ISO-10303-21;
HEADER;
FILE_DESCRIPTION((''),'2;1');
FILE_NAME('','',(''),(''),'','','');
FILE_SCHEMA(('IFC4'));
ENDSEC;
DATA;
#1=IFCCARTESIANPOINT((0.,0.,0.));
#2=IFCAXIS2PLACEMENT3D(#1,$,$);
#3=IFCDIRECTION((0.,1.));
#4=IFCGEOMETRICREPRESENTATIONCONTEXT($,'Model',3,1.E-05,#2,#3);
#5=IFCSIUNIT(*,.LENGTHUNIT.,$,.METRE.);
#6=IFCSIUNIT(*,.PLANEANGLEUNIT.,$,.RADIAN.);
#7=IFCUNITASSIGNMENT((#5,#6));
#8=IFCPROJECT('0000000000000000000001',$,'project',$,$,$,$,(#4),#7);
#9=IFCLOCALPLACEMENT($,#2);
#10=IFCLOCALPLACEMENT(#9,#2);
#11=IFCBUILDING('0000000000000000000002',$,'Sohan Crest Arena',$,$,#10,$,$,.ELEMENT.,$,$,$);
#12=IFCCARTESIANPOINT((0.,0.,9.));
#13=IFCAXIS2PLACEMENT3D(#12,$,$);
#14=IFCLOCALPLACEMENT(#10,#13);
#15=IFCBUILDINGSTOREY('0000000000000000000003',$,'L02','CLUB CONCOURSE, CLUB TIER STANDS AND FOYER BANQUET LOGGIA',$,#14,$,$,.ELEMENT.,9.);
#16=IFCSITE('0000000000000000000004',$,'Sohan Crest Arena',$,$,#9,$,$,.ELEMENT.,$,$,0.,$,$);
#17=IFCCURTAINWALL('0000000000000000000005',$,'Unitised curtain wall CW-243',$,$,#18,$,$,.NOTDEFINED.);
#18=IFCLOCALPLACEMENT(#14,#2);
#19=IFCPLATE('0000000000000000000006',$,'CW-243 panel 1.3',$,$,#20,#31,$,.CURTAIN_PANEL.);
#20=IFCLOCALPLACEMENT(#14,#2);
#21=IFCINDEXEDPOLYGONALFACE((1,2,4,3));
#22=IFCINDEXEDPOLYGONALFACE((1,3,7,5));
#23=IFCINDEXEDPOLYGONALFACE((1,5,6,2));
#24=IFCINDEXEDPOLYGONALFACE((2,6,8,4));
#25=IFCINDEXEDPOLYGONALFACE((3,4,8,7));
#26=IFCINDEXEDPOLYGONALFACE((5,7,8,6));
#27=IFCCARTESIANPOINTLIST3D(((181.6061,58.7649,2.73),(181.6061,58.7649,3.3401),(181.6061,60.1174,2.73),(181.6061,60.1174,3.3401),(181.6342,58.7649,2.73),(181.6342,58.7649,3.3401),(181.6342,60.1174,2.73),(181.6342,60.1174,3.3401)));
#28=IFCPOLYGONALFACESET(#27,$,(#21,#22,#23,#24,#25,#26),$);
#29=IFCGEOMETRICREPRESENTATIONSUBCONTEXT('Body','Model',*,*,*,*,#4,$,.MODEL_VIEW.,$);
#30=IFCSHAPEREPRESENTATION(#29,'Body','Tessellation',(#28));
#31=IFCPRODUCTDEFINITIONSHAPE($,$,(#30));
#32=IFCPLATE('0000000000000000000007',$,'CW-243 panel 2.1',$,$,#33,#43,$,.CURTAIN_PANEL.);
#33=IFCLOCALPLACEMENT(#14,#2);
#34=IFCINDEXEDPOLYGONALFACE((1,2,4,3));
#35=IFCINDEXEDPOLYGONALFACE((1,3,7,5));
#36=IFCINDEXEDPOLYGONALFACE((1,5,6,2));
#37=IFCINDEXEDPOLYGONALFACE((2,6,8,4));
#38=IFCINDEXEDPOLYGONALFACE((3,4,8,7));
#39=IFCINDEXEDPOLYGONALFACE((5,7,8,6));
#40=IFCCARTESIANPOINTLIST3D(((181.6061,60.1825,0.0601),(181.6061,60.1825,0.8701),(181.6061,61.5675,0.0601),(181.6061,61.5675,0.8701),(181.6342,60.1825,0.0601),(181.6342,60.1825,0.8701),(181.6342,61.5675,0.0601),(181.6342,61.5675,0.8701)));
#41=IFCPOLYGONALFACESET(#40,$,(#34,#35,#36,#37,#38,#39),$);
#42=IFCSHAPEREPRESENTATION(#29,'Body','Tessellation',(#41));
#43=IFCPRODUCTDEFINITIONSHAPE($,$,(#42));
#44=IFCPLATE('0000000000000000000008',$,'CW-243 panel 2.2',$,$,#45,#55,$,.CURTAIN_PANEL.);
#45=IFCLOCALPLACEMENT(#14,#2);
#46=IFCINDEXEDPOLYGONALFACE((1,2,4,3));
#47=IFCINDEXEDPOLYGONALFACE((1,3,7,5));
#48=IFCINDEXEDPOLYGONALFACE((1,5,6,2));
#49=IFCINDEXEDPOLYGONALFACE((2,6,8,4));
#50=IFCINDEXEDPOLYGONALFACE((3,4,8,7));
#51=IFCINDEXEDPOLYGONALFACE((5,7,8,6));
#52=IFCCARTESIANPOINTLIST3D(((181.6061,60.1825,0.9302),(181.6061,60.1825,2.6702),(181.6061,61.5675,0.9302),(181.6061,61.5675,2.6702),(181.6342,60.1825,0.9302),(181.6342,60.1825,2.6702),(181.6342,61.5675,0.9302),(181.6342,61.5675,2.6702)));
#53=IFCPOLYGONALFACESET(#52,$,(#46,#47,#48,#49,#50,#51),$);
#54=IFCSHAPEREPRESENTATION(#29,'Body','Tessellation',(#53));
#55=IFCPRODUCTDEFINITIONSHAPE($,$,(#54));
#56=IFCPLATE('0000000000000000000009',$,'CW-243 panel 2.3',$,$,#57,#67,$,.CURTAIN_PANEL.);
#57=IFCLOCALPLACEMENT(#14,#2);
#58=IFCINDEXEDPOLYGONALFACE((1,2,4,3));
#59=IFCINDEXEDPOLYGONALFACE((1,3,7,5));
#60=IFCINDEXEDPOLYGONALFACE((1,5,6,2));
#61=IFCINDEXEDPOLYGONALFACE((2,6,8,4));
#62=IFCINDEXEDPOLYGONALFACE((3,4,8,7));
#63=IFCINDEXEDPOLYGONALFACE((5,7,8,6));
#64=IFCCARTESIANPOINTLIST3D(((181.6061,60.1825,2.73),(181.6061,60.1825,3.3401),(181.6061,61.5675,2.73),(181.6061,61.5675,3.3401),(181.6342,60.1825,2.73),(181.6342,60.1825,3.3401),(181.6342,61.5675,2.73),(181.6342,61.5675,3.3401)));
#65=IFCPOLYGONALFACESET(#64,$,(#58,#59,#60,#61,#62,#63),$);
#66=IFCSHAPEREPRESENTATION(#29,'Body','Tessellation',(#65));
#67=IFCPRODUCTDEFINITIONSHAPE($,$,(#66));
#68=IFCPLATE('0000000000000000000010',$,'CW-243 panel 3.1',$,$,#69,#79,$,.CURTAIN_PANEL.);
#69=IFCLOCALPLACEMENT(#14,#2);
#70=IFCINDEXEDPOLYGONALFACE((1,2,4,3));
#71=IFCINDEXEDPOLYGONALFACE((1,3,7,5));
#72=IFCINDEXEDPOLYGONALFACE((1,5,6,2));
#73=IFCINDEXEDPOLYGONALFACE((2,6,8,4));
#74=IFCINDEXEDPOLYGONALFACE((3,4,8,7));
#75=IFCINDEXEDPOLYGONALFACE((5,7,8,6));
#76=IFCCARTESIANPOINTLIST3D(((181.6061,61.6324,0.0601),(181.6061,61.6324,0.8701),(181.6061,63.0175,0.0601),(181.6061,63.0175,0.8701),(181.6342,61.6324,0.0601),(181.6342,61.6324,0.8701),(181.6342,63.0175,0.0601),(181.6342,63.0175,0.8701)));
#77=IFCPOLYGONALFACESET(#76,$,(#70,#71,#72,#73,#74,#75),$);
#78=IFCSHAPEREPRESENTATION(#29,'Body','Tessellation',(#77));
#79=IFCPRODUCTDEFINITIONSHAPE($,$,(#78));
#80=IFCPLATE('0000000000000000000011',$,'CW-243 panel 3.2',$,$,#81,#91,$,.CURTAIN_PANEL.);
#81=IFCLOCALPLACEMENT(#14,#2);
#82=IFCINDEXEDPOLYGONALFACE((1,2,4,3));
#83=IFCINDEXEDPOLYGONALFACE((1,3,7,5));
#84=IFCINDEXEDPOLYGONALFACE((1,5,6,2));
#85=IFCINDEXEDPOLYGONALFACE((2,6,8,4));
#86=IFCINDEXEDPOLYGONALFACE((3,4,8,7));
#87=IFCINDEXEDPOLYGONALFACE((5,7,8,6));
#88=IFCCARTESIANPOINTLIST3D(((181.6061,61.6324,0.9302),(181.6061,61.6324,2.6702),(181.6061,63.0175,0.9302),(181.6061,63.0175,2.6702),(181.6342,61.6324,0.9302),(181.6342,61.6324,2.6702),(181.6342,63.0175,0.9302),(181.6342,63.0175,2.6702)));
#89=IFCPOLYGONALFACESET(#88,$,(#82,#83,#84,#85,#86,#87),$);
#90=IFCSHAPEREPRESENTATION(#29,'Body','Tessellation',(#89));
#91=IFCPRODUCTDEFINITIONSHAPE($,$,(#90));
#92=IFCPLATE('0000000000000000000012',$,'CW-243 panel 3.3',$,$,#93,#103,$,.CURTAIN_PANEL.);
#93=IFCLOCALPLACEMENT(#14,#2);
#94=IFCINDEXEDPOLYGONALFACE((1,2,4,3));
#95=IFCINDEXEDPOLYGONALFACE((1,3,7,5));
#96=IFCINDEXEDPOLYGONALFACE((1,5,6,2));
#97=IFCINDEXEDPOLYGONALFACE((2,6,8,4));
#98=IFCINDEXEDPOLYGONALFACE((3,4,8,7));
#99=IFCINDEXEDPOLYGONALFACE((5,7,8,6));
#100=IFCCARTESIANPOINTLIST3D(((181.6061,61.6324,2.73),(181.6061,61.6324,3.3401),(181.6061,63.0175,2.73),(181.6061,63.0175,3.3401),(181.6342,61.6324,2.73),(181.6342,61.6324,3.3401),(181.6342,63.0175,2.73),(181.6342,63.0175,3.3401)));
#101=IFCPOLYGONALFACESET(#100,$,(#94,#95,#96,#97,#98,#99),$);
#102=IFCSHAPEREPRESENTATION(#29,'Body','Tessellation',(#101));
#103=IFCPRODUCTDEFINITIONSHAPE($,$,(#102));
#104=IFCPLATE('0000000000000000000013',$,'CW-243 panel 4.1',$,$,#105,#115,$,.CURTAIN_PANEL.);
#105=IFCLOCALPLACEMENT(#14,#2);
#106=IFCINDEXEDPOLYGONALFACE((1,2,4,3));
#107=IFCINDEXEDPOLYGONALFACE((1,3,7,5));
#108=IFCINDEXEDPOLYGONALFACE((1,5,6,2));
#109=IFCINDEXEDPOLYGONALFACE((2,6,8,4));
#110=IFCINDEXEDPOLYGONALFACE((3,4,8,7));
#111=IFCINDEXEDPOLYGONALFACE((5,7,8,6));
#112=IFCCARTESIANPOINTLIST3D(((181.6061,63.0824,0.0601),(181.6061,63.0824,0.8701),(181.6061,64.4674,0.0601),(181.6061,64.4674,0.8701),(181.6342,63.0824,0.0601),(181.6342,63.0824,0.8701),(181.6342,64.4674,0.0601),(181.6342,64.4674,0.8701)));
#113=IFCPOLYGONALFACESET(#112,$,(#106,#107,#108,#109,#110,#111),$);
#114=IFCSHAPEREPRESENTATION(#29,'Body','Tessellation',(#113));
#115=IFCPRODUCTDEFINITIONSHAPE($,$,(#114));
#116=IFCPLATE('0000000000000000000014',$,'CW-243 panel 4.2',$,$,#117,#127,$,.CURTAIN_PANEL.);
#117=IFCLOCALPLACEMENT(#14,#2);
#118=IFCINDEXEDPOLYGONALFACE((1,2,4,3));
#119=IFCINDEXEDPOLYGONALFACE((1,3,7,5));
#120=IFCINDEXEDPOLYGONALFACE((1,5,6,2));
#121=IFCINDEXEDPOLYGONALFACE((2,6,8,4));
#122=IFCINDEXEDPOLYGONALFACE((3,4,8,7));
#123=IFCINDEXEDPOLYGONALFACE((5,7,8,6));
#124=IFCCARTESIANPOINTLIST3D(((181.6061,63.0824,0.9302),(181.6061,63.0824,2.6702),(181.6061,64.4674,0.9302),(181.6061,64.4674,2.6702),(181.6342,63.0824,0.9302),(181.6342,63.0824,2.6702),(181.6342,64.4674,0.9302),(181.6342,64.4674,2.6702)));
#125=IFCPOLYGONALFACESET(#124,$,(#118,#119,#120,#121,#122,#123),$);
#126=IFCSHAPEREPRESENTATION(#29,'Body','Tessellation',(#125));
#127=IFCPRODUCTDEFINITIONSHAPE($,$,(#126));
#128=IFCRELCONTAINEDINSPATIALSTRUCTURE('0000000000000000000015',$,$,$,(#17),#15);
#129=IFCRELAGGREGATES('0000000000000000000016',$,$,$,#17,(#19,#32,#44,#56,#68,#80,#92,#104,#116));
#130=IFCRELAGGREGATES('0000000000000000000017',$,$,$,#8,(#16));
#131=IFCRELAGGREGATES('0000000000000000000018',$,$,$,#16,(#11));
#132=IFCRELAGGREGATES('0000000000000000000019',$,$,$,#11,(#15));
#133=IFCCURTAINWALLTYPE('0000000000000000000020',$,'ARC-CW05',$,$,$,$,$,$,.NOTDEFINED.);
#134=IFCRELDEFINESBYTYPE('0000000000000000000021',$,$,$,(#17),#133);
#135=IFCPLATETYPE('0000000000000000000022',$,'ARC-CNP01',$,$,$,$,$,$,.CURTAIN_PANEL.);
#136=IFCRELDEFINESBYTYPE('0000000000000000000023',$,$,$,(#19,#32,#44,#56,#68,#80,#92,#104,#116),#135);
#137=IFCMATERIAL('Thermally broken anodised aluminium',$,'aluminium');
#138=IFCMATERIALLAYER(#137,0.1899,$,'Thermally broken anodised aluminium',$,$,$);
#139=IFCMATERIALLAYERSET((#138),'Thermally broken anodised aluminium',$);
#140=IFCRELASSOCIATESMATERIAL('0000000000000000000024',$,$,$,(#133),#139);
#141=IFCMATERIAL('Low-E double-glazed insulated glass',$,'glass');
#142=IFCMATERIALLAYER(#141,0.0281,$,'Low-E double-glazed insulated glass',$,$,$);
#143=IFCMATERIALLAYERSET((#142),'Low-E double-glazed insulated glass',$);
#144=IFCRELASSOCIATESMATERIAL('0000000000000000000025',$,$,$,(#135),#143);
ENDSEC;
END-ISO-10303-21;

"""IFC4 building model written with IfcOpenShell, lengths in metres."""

from ifc_helpers import new_model, si_unit, direction, frame, origin, origin_2d, place, context, subcontext, project, spatial, rectangle, extrude, material, layer, layer_set, type_object, element, aggregate, save


model = new_model("IFC4")

# Units and contexts
model_context = context("Model", 3, precision=1e-05, world=origin(), true_north=direction((0.0, 1.0)))
body_context = subcontext(model_context, "Body", "Model", "MODEL_VIEW")
ifc_project = project(units=[si_unit("LENGTHUNIT", "METRE"), si_unit("PLANEANGLEUNIT", "RADIAN")], contexts=[model_context])

# Site, building, storey
site_placement = place(None, origin())
site = spatial("IfcSite", under=ifc_project, at=site_placement, Name="Sohan Crest Arena", CompositionType="ELEMENT", RefElevation=0.0)
building_placement = place(site_placement, origin())
building = spatial("IfcBuilding", under=site, at=building_placement, Name="Sohan Crest Arena", CompositionType="ELEMENT")
storey_placement = place(building_placement, frame((0.0, 0.0, 9.0)))
storey = spatial("IfcBuildingStorey", under=building, at=storey_placement, Name="L02", Description="CLUB CONCOURSE, CLUB TIER STANDS AND FOYER BANQUET LOGGIA", CompositionType="ELEMENT", Elevation=9.0)

# Curtain wall
ifc_material_1 = material(Name="Thermally broken anodised aluminium", Category="aluminium")
ifc_layer_1 = layer(ifc_material_1, 0.1899, Name="Thermally broken anodised aluminium")
ifc_layer_set_1 = layer_set([ifc_layer_1], Name="Thermally broken anodised aluminium")
curtain_wall_type = type_object("IfcCurtainWallType", Name="ARC-CW05", PredefinedType="NOTDEFINED", material=ifc_layer_set_1)
curtain_wall_placement = place(storey_placement, origin())
curtain_wall = element("IfcCurtainWall", 1, at=curtain_wall_placement, inside=storey, type_object=curtain_wall_type, Name="Unitised curtain wall CW-243", PredefinedType="NOTDEFINED")

# Plates
ifc_material_2 = material(Name="Low-E double-glazed insulated glass", Category="glass")
ifc_layer_2 = layer(ifc_material_2, 0.0281, Name="Low-E double-glazed insulated glass")
ifc_layer_set_2 = layer_set([ifc_layer_2], Name="Low-E double-glazed insulated glass")
plate_type = type_object("IfcPlateType", Name="ARC-CNP01", PredefinedType="CURTAIN_PANEL", material=ifc_layer_set_2)
plate_1_placement = place(storey_placement, frame((181.6201, 59.4412, 2.73), z_axis=(0.0, 0.0, 1.0), x_axis=(0.0, 1.0, 0.0)))
plate_1 = element("IfcPlate", 2, at=plate_1_placement, type_object=plate_type, Name="CW-243 panel 1.3", PredefinedType="CURTAIN_PANEL", context=body_context, shape_type="SweptSolid", body=[
    extrude(rectangle(XDim=1.3525, YDim=0.0281, at=origin_2d()), origin(), (0.0, 0.0, 1.0), 0.6101),
])
plate_2_placement = place(storey_placement, frame((181.6201, 60.875, 0.0601), z_axis=(0.0, 0.0, 1.0), x_axis=(0.0, 1.0, 0.0)))
plate_2 = element("IfcPlate", 3, at=plate_2_placement, type_object=plate_type, Name="CW-243 panel 2.1", PredefinedType="CURTAIN_PANEL", context=body_context, shape_type="SweptSolid", body=[
    extrude(rectangle(XDim=1.385, YDim=0.0281, at=origin_2d()), origin(), (0.0, 0.0, 1.0), 0.8101),
])
plate_3_placement = place(storey_placement, frame((181.6201, 60.875, 0.9302), z_axis=(0.0, 0.0, 1.0), x_axis=(0.0, 1.0, 0.0)))
plate_3 = element("IfcPlate", 4, at=plate_3_placement, type_object=plate_type, Name="CW-243 panel 2.2", PredefinedType="CURTAIN_PANEL", context=body_context, shape_type="SweptSolid", body=[
    extrude(rectangle(XDim=1.385, YDim=0.0281, at=origin_2d()), origin(), (0.0, 0.0, 1.0), 1.74),
])
plate_4_placement = place(storey_placement, frame((181.6201, 60.875, 2.73), z_axis=(0.0, 0.0, 1.0), x_axis=(0.0, 1.0, 0.0)))
plate_4 = element("IfcPlate", 5, at=plate_4_placement, type_object=plate_type, Name="CW-243 panel 2.3", PredefinedType="CURTAIN_PANEL", context=body_context, shape_type="SweptSolid", body=[
    extrude(rectangle(XDim=1.385, YDim=0.0281, at=origin_2d()), origin(), (0.0, 0.0, 1.0), 0.6101),
])
plate_5_placement = place(storey_placement, frame((181.6201, 62.325, 0.0601), z_axis=(0.0, 0.0, 1.0), x_axis=(0.0, 1.0, 0.0)))
plate_5 = element("IfcPlate", 6, at=plate_5_placement, type_object=plate_type, Name="CW-243 panel 3.1", PredefinedType="CURTAIN_PANEL", context=body_context, shape_type="SweptSolid", body=[
    extrude(rectangle(XDim=1.385, YDim=0.0281, at=origin_2d()), origin(), (0.0, 0.0, 1.0), 0.8101),
])
plate_6_placement = place(storey_placement, frame((181.6201, 62.325, 0.9302), z_axis=(0.0, 0.0, 1.0), x_axis=(0.0, 1.0, 0.0)))
plate_6 = element("IfcPlate", 7, at=plate_6_placement, type_object=plate_type, Name="CW-243 panel 3.2", PredefinedType="CURTAIN_PANEL", context=body_context, shape_type="SweptSolid", body=[
    extrude(rectangle(XDim=1.385, YDim=0.0281, at=origin_2d()), origin(), (0.0, 0.0, 1.0), 1.74),
])
plate_7_placement = place(storey_placement, frame((181.6201, 62.325, 2.73), z_axis=(0.0, 0.0, 1.0), x_axis=(0.0, 1.0, 0.0)))
plate_7 = element("IfcPlate", 8, at=plate_7_placement, type_object=plate_type, Name="CW-243 panel 3.3", PredefinedType="CURTAIN_PANEL", context=body_context, shape_type="SweptSolid", body=[
    extrude(rectangle(XDim=1.385, YDim=0.0281, at=origin_2d()), origin(), (0.0, 0.0, 1.0), 0.6101),
])
plate_8_placement = place(storey_placement, frame((181.6201, 63.7749, 0.0601), z_axis=(0.0, 0.0, 1.0), x_axis=(0.0, 1.0, 0.0)))
plate_8 = element("IfcPlate", 9, at=plate_8_placement, type_object=plate_type, Name="CW-243 panel 4.1", PredefinedType="CURTAIN_PANEL", context=body_context, shape_type="SweptSolid", body=[
    extrude(rectangle(XDim=1.385, YDim=0.0281, at=origin_2d()), origin(), (0.0, 0.0, 1.0), 0.8101),
])
plate_9_placement = place(storey_placement, frame((181.6201, 63.7749, 0.9302), z_axis=(0.0, 0.0, 1.0), x_axis=(0.0, 1.0, 0.0)))
plate_9 = element("IfcPlate", 10, at=plate_9_placement, type_object=plate_type, Name="CW-243 panel 4.2", PredefinedType="CURTAIN_PANEL", context=body_context, shape_type="SweptSolid", body=[
    extrude(rectangle(XDim=1.385, YDim=0.0281, at=origin_2d()), origin(), (0.0, 0.0, 1.0), 1.74),
])
aggregate(curtain_wall, [plate_1, plate_2, plate_3, plate_4, plate_5, plate_6, plate_7, plate_8, plate_9])

save(model, "model.ifc")
